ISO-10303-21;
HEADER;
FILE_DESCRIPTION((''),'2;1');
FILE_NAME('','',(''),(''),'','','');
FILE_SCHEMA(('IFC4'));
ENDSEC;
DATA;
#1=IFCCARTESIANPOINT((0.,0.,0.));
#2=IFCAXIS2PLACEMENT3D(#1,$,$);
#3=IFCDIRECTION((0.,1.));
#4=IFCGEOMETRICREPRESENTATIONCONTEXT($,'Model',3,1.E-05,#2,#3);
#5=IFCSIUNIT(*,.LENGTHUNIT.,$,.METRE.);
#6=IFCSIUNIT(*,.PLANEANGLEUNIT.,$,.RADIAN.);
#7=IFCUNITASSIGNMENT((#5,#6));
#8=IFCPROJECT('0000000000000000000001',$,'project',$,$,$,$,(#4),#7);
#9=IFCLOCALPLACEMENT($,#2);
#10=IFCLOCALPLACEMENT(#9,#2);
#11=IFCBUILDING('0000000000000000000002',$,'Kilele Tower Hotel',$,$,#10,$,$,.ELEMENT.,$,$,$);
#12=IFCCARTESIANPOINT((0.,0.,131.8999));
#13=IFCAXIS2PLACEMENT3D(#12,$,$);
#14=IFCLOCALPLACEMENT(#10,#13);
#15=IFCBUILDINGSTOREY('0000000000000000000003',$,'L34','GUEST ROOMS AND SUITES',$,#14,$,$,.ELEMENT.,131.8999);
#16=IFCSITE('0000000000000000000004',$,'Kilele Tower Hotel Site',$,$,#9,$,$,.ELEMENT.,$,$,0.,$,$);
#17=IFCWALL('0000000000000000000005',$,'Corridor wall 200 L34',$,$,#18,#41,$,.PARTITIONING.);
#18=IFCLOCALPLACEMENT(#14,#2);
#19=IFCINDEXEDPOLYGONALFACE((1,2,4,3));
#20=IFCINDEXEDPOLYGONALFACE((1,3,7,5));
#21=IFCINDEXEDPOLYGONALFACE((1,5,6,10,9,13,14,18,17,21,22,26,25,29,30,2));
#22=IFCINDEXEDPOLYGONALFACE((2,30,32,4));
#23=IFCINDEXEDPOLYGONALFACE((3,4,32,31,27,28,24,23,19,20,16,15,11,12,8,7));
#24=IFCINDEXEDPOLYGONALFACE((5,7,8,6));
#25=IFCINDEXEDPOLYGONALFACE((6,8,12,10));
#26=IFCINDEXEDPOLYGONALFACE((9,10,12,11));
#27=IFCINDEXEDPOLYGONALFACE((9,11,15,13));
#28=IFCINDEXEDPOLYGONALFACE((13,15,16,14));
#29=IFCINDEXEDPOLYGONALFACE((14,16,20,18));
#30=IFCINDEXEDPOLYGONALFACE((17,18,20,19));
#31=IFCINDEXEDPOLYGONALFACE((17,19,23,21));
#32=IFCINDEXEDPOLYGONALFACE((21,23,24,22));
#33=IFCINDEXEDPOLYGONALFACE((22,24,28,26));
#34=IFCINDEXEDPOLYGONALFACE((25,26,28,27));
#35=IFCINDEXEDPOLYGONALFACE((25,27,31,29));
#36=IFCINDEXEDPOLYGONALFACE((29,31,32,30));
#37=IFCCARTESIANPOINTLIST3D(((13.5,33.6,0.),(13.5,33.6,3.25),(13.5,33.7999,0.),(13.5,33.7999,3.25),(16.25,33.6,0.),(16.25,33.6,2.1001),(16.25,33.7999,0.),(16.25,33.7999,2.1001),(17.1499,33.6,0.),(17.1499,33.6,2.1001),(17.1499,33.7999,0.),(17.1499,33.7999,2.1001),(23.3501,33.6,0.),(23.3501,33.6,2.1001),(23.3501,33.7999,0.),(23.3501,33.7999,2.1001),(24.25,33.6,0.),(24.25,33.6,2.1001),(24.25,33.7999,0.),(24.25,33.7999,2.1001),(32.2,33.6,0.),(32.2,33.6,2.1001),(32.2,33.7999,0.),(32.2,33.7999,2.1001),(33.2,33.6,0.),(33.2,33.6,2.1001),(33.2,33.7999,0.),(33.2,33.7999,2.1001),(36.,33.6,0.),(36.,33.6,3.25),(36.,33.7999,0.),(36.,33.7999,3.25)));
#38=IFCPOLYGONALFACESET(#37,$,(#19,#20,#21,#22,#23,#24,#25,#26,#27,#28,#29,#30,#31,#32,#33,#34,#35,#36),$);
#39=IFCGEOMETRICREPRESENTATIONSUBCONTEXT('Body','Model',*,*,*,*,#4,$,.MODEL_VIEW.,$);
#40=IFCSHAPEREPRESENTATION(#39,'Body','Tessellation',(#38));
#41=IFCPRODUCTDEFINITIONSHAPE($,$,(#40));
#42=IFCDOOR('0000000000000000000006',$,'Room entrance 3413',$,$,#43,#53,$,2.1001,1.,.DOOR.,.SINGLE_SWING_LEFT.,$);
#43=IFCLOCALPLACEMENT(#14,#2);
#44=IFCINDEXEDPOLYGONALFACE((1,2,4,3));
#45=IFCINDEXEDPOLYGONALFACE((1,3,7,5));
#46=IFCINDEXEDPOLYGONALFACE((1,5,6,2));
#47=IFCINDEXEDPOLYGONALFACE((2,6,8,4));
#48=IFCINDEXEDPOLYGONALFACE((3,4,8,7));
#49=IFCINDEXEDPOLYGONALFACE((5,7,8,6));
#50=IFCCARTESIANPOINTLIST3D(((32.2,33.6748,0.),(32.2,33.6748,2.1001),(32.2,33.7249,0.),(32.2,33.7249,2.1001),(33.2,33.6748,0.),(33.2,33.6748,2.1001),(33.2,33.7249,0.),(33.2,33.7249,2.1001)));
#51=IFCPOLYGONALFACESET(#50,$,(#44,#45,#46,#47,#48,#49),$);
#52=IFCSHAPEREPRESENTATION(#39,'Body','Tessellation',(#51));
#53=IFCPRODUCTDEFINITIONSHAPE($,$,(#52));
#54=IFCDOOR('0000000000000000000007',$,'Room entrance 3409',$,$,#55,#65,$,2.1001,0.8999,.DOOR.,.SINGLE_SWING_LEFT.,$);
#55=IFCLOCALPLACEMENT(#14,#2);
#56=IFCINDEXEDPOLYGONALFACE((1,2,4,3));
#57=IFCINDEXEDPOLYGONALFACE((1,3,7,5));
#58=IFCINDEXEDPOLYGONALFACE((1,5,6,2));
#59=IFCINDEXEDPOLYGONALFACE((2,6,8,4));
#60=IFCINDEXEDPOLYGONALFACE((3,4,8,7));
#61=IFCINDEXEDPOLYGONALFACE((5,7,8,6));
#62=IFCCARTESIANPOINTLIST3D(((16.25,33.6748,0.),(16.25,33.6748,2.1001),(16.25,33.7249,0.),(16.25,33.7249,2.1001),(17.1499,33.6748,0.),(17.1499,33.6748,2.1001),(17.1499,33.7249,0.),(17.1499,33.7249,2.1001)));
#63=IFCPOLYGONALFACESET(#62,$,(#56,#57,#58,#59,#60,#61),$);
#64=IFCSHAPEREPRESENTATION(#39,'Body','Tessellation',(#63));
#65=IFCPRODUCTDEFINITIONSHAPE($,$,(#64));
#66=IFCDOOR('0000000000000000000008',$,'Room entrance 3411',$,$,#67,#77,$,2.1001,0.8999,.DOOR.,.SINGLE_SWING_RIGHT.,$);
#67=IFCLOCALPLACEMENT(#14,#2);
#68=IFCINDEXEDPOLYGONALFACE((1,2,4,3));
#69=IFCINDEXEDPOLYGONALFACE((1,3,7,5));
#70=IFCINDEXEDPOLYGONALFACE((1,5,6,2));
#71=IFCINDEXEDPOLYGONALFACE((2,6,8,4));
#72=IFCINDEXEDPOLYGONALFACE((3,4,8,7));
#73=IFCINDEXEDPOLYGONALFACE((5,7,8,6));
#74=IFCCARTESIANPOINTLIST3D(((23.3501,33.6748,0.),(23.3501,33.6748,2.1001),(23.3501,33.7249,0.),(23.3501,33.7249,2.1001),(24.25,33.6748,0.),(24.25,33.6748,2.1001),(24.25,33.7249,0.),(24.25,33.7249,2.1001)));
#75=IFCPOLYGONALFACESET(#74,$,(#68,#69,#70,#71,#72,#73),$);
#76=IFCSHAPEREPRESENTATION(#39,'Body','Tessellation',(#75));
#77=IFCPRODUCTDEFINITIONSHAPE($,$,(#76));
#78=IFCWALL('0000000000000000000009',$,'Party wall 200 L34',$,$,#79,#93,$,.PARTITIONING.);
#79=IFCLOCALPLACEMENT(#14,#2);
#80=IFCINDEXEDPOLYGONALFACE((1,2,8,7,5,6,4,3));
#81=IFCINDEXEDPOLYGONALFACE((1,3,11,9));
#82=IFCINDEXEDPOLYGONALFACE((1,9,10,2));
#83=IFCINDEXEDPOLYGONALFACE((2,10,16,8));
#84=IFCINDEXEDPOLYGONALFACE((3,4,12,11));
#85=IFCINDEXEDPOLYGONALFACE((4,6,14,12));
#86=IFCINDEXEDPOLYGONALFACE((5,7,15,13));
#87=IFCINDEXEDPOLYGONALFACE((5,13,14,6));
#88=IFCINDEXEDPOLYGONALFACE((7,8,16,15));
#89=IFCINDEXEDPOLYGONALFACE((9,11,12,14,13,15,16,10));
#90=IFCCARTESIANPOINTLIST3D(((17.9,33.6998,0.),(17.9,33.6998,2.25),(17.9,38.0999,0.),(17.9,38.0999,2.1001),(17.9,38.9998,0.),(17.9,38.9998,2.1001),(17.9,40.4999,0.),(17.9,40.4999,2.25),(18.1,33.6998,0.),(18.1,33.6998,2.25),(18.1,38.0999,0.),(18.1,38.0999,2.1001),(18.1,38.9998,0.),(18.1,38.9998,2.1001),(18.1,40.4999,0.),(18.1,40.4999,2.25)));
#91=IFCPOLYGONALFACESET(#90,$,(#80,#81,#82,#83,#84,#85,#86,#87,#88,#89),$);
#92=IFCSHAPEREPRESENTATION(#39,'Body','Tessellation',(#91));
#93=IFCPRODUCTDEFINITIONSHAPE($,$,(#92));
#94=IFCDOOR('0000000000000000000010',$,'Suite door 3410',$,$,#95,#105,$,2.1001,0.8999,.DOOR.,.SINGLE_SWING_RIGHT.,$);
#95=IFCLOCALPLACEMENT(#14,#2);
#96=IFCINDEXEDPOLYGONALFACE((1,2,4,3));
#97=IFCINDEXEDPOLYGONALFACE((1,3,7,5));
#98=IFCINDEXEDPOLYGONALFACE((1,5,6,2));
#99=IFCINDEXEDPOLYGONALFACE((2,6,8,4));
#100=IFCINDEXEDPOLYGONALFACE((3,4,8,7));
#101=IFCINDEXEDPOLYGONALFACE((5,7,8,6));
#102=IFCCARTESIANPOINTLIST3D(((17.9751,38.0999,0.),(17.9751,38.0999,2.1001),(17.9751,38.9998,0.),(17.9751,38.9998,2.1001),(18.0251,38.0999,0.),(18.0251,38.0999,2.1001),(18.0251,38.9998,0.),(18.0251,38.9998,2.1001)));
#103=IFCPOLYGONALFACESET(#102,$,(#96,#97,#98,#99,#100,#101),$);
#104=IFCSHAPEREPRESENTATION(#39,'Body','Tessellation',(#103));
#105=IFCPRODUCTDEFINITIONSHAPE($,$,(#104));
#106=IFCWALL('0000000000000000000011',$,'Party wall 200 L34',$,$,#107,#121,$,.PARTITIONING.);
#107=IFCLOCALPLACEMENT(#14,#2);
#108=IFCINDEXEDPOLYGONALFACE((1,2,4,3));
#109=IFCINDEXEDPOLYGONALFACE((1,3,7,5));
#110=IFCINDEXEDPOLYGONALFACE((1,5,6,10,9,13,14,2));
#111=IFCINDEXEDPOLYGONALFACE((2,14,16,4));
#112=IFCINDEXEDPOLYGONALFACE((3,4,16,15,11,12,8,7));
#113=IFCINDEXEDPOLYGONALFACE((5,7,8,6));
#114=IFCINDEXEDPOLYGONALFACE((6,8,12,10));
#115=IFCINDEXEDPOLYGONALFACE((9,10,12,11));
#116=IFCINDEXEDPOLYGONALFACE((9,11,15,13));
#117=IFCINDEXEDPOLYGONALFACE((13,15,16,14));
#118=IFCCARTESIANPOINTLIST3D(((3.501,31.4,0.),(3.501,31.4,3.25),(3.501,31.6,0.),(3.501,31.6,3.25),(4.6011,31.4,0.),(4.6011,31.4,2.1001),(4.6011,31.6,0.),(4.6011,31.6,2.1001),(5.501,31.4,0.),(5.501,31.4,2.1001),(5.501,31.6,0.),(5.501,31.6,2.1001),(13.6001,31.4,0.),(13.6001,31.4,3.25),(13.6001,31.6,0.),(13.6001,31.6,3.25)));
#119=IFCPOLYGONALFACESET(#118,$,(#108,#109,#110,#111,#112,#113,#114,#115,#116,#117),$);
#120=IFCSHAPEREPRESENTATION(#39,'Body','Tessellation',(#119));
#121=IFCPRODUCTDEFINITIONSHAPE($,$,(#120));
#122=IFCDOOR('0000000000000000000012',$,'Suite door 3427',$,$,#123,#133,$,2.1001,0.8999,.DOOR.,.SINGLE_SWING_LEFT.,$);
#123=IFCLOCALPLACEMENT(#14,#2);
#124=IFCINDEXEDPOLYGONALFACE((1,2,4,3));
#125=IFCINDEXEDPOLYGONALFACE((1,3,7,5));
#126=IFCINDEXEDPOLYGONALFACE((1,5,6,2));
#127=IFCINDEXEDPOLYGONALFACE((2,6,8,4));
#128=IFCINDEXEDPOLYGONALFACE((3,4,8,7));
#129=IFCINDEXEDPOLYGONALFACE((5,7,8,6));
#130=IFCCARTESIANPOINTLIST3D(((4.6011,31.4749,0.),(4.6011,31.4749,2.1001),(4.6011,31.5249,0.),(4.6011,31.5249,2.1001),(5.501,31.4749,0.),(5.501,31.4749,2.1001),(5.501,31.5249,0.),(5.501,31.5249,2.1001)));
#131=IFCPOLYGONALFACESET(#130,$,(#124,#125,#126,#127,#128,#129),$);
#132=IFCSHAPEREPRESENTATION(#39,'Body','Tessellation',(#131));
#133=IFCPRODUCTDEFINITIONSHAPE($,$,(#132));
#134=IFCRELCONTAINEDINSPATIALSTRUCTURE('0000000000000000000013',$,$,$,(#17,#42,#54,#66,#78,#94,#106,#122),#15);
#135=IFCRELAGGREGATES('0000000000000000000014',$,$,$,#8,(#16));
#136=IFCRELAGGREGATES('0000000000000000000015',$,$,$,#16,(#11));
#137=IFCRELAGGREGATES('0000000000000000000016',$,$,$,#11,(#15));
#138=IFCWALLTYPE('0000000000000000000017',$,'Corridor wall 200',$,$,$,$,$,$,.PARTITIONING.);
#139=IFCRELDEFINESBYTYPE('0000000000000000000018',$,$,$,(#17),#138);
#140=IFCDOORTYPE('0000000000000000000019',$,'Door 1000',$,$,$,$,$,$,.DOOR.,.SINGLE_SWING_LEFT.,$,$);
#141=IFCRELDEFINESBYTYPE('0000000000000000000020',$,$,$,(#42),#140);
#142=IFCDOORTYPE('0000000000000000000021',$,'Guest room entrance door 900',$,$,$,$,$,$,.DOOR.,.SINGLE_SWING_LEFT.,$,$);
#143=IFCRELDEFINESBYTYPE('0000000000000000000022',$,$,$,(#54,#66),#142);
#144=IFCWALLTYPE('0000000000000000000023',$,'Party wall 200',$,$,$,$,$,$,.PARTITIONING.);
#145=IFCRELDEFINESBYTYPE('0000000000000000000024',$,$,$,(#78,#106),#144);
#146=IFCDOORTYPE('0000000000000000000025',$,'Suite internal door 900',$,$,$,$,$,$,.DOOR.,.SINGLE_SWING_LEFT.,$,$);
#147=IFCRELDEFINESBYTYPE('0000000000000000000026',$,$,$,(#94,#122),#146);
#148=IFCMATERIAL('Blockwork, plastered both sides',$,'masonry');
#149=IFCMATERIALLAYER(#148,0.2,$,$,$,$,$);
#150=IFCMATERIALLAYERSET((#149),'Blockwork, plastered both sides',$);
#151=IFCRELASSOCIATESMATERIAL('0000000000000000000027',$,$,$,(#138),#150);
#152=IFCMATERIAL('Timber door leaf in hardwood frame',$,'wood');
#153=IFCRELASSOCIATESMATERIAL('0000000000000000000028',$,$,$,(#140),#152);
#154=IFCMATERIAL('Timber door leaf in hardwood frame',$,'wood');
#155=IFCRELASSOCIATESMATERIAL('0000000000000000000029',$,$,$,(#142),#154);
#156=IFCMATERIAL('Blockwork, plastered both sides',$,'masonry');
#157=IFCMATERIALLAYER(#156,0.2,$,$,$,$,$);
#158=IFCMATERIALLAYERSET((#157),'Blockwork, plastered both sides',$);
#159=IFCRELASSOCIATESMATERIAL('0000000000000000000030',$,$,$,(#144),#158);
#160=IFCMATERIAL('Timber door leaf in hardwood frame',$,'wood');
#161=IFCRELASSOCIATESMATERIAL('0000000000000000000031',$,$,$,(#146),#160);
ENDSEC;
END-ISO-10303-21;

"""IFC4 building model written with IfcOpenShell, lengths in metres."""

from ifc_helpers import new_model, si_unit, direction, frame, frame_2d, origin, place, context, subcontext, project, spatial, rectangle, extrude, material, layer, layer_set, type_object, element, fill, save


model = new_model("IFC4")

# Units and contexts
model_context = context("Model", 3, precision=1e-05, world=origin(), true_north=direction((0.0, 1.0)))
body_context = subcontext(model_context, "Body", "Model", "MODEL_VIEW")
ifc_project = project(units=[si_unit("LENGTHUNIT", "METRE"), si_unit("PLANEANGLEUNIT", "RADIAN")], contexts=[model_context])

# Site, building, storey
site_placement = place(None, origin())
site = spatial("IfcSite", under=ifc_project, at=site_placement, Name="Kilele Tower Hotel Site", CompositionType="ELEMENT", RefElevation=0.0)
building_placement = place(site_placement, origin())
building = spatial("IfcBuilding", under=site, at=building_placement, Name="Kilele Tower Hotel", CompositionType="ELEMENT")
storey_placement = place(building_placement, frame((0.0, 0.0, 131.8999)))
storey = spatial("IfcBuildingStorey", under=building, at=storey_placement, Name="L34", Description="GUEST ROOMS AND SUITES", CompositionType="ELEMENT", Elevation=131.8999)

# Wall, openings, doors
ifc_material_1 = material(Name="Blockwork, plastered both sides", Category="masonry")
ifc_layer_1 = layer(ifc_material_1, 0.2)
ifc_layer_set_1 = layer_set([ifc_layer_1], Name="Blockwork, plastered both sides")
wall_type_1 = type_object("IfcWallType", Name="Corridor wall 200", PredefinedType="PARTITIONING", material=ifc_layer_set_1)
wall_1_placement = place(storey_placement, frame((13.5, 33.7, 0.0), z_axis=(0.0, 0.0, 1.0), x_axis=(1.0, 0.0, 0.0)))
wall_1 = element("IfcWall", 1, at=wall_1_placement, inside=storey, type_object=wall_type_1, Name="Corridor wall 200 L34", PredefinedType="PARTITIONING", context=body_context, shape_type="SweptSolid", body=[
    extrude(rectangle(XDim=22.5, YDim=0.2, at=frame_2d((11.25, 0.0))), origin(), (0.0, 0.0, 1.0), 3.25),
])
opening_1_placement = place(wall_1_placement, frame((2.75, 0.0, 0.0)))
opening_1 = element("IfcOpeningElement", 2, at=opening_1_placement, cuts=wall_1, PredefinedType="OPENING", context=body_context, shape_type="SweptSolid", body=[
    extrude(rectangle(XDim=0.8999, YDim=2.1001, at=frame_2d((0.45, 1.05))), frame((0.0, 0.1099, 0.0), z_axis=(0.0, -1.0, 0.0), x_axis=(1.0, 0.0, 0.0)), (0.0, 0.0, 1.0), 0.22),
])
opening_2_placement = place(wall_1_placement, frame((9.8501, 0.0, 0.0)))
opening_2 = element("IfcOpeningElement", 3, at=opening_2_placement, cuts=wall_1, PredefinedType="OPENING", context=body_context, shape_type="SweptSolid", body=[
    extrude(rectangle(XDim=0.8999, YDim=2.1001, at=frame_2d((0.45, 1.05))), frame((0.0, 0.1099, 0.0), z_axis=(0.0, -1.0, 0.0), x_axis=(1.0, 0.0, 0.0)), (0.0, 0.0, 1.0), 0.22),
])
opening_3_placement = place(wall_1_placement, frame((18.7, 0.0, 0.0)))
opening_3 = element("IfcOpeningElement", 4, at=opening_3_placement, cuts=wall_1, PredefinedType="OPENING", context=body_context, shape_type="SweptSolid", body=[
    extrude(rectangle(XDim=1.0, YDim=2.1001, at=frame_2d((0.5, 1.05))), frame((0.0, 0.1099, 0.0), z_axis=(0.0, -1.0, 0.0), x_axis=(1.0, 0.0, 0.0)), (0.0, 0.0, 1.0), 0.22),
])
ifc_material_2 = material(Name="Timber door leaf in hardwood frame", Category="wood")
door_type_1 = type_object("IfcDoorType", Name="Door 1000", OperationType="SINGLE_SWING_LEFT", PredefinedType="DOOR", material=ifc_material_2)
door_1_placement = place(opening_3_placement, origin())
door_1 = element("IfcDoor", 5, at=door_1_placement, inside=storey, type_object=door_type_1, Name="Room entrance 3413", OperationType="SINGLE_SWING_LEFT", OverallHeight=2.1001, OverallWidth=1.0, PredefinedType="DOOR", context=body_context, shape_type="SweptSolid", body=[
    extrude(rectangle(XDim=1.0, YDim=2.1001, at=frame_2d((0.5, 1.05))), frame((0.0, 0.0249, 0.0), z_axis=(0.0, -1.0, 0.0), x_axis=(1.0, 0.0, 0.0)), (0.0, 0.0, 1.0), 0.05),
])
fill(opening_3, door_1)
ifc_material_3 = material(Name="Timber door leaf in hardwood frame", Category="wood")
door_type_2 = type_object("IfcDoorType", Name="Guest room entrance door 900", OperationType="SINGLE_SWING_LEFT", PredefinedType="DOOR", material=ifc_material_3)
door_2_placement = place(opening_1_placement, origin())
door_2 = element("IfcDoor", 6, at=door_2_placement, inside=storey, type_object=door_type_2, Name="Room entrance 3409", OperationType="SINGLE_SWING_LEFT", OverallHeight=2.1001, OverallWidth=0.8999, PredefinedType="DOOR", context=body_context, shape_type="SweptSolid", body=[
    extrude(rectangle(XDim=0.8999, YDim=2.1001, at=frame_2d((0.45, 1.05))), frame((0.0, 0.0249, 0.0), z_axis=(0.0, -1.0, 0.0), x_axis=(1.0, 0.0, 0.0)), (0.0, 0.0, 1.0), 0.05),
])
fill(opening_1, door_2)
door_3_placement = place(opening_2_placement, origin())
door_3 = element("IfcDoor", 7, at=door_3_placement, inside=storey, type_object=door_type_2, Name="Room entrance 3411", OperationType="SINGLE_SWING_RIGHT", OverallHeight=2.1001, OverallWidth=0.8999, PredefinedType="DOOR", context=body_context, shape_type="SweptSolid", body=[
    extrude(rectangle(XDim=0.8999, YDim=2.1001, at=frame_2d((0.45, 1.05))), frame((0.0, 0.0249, 0.0), z_axis=(0.0, -1.0, 0.0), x_axis=(1.0, 0.0, 0.0)), (0.0, 0.0, 1.0), 0.05),
])
fill(opening_2, door_3)

# Walls, openings, doors
ifc_material_4 = material(Name="Blockwork, plastered both sides", Category="masonry")
ifc_layer_2 = layer(ifc_material_4, 0.2)
ifc_layer_set_2 = layer_set([ifc_layer_2], Name="Blockwork, plastered both sides")
wall_type_2 = type_object("IfcWallType", Name="Party wall 200", PredefinedType="PARTITIONING", material=ifc_layer_set_2)
wall_2_placement = place(storey_placement, frame((18.0, 33.7, 0.0), z_axis=(0.0, 0.0, 1.0), x_axis=(0.0, 1.0, 0.0)))
wall_2 = element("IfcWall", 8, at=wall_2_placement, inside=storey, type_object=wall_type_2, Name="Party wall 200 L34", PredefinedType="PARTITIONING", context=body_context, shape_type="SweptSolid", body=[
    extrude(rectangle(XDim=6.8, YDim=0.2, at=frame_2d((3.3999, 0.0))), origin(), (0.0, 0.0, 1.0), 2.25),
])
opening_4_placement = place(wall_2_placement, frame((4.3999, 0.0, 0.0)))
opening_4 = element("IfcOpeningElement", 9, at=opening_4_placement, cuts=wall_2, PredefinedType="OPENING", context=body_context, shape_type="SweptSolid", body=[
    extrude(rectangle(XDim=0.8999, YDim=2.1001, at=frame_2d((0.45, 1.05))), frame((0.0, 0.1099, 0.0), z_axis=(0.0, -1.0, 0.0), x_axis=(1.0, 0.0, 0.0)), (0.0, 0.0, 1.0), 0.22),
])
ifc_material_5 = material(Name="Timber door leaf in hardwood frame", Category="wood")
door_type_3 = type_object("IfcDoorType", Name="Suite internal door 900", OperationType="SINGLE_SWING_LEFT", PredefinedType="DOOR", material=ifc_material_5)
door_4_placement = place(opening_4_placement, origin())
door_4 = element("IfcDoor", 10, at=door_4_placement, inside=storey, type_object=door_type_3, Name="Suite door 3410", OperationType="SINGLE_SWING_RIGHT", OverallHeight=2.1001, OverallWidth=0.8999, PredefinedType="DOOR", context=body_context, shape_type="SweptSolid", body=[
    extrude(rectangle(XDim=0.8999, YDim=2.1001, at=frame_2d((0.45, 1.05))), frame((0.0, 0.0249, 0.0), z_axis=(0.0, -1.0, 0.0), x_axis=(1.0, 0.0, 0.0)), (0.0, 0.0, 1.0), 0.05),
])
fill(opening_4, door_4)
wall_3_placement = place(storey_placement, frame((13.6001, 31.5, 0.0), z_axis=(0.0, 0.0, 1.0), x_axis=(-1.0, 0.0, 0.0)))
wall_3 = element("IfcWall", 11, at=wall_3_placement, inside=storey, type_object=wall_type_2, Name="Party wall 200 L34", PredefinedType="PARTITIONING", context=body_context, shape_type="SweptSolid", body=[
    extrude(rectangle(XDim=10.0991, YDim=0.2, at=frame_2d((5.0496, 0.0))), origin(), (0.0, 0.0, 1.0), 3.25),
])
opening_5_placement = place(wall_3_placement, frame((8.999, 0.0, 0.0), z_axis=(0.0, 0.0, 1.0), x_axis=(-1.0, 0.0, 0.0)))
opening_5 = element("IfcOpeningElement", 12, at=opening_5_placement, cuts=wall_3, PredefinedType="OPENING", context=body_context, shape_type="SweptSolid", body=[
    extrude(rectangle(XDim=0.8999, YDim=2.1001, at=frame_2d((0.45, 1.05))), frame((0.0, 0.1099, 0.0), z_axis=(0.0, -1.0, 0.0), x_axis=(1.0, 0.0, 0.0)), (0.0, 0.0, 1.0), 0.22),
])
door_5_placement = place(opening_5_placement, origin())
door_5 = element("IfcDoor", 13, at=door_5_placement, inside=storey, type_object=door_type_3, Name="Suite door 3427", OperationType="SINGLE_SWING_LEFT", OverallHeight=2.1001, OverallWidth=0.8999, PredefinedType="DOOR", context=body_context, shape_type="SweptSolid", body=[
    extrude(rectangle(XDim=0.8999, YDim=2.1001, at=frame_2d((0.45, 1.05))), frame((0.0, 0.0249, 0.0), z_axis=(0.0, -1.0, 0.0), x_axis=(1.0, 0.0, 0.0)), (0.0, 0.0, 1.0), 0.05),
])
fill(opening_5, door_5)

save(model, "model.ifc")
